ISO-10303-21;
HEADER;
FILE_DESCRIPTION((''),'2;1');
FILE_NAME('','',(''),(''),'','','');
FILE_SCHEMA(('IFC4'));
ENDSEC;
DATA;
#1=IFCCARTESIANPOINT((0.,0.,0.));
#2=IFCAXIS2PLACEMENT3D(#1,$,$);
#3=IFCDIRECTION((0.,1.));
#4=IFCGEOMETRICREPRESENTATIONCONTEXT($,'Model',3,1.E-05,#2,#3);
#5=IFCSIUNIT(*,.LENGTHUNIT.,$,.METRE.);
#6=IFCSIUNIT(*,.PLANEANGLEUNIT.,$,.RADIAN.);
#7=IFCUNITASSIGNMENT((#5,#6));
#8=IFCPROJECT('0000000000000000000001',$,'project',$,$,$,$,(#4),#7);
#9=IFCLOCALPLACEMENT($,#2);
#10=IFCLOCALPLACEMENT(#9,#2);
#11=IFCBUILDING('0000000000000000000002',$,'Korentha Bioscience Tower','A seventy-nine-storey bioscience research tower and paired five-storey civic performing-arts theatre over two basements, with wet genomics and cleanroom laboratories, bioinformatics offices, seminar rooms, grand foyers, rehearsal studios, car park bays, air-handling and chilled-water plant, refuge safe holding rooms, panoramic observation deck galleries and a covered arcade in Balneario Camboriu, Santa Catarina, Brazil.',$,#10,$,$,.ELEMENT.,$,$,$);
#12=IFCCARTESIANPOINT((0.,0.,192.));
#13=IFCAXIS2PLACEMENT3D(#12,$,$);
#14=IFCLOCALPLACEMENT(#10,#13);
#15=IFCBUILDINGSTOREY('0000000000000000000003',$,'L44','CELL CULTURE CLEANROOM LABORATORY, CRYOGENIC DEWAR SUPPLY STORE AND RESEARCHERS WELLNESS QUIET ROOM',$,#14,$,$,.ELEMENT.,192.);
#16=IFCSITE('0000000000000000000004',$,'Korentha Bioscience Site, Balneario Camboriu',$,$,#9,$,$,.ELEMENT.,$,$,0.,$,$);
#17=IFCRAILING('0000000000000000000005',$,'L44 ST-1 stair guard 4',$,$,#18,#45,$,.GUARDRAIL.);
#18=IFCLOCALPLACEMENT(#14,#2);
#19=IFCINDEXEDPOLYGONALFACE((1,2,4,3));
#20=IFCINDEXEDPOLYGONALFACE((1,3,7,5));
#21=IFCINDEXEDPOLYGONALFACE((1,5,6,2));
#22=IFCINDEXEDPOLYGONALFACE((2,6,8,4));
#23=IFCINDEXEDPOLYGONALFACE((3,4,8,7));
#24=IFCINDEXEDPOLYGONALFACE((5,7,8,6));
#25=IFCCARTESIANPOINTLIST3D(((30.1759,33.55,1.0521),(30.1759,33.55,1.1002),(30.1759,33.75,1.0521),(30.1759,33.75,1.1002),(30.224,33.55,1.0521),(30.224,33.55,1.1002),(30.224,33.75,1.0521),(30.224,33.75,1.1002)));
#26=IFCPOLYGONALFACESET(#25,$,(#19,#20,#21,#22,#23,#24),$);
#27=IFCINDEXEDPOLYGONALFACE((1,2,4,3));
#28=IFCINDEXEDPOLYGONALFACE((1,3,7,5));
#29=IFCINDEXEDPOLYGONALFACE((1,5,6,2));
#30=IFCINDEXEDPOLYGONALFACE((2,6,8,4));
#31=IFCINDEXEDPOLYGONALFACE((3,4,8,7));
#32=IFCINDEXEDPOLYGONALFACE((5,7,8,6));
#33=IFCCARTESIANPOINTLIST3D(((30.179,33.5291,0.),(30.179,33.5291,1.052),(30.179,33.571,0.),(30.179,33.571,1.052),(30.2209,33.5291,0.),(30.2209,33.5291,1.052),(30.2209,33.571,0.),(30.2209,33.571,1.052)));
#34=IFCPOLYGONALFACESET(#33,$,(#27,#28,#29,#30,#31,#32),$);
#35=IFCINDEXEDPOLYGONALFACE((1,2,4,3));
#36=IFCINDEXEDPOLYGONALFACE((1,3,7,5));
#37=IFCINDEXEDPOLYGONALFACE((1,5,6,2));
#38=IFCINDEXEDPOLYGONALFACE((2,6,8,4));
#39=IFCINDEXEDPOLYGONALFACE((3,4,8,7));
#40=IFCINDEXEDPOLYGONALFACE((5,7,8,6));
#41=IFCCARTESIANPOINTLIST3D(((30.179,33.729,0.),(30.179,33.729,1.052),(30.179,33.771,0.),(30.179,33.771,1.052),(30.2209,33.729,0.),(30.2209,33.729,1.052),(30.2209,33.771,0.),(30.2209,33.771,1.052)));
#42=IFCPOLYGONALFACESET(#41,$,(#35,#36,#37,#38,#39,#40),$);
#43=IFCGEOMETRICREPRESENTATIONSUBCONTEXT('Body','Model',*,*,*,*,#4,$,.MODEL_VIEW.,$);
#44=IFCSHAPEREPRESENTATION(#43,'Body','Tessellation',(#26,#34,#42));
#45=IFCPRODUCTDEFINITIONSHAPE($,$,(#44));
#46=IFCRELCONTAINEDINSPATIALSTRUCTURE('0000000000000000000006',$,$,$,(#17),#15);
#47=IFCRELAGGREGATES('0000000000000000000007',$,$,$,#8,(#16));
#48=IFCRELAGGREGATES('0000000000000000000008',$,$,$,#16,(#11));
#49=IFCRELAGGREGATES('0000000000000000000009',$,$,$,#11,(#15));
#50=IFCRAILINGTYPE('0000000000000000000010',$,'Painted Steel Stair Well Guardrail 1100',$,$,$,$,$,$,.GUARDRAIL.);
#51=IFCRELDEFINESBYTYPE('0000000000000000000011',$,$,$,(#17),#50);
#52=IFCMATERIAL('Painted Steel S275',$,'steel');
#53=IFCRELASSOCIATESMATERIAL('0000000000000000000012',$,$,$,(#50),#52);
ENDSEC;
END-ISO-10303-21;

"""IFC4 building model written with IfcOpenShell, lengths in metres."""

from ifc_helpers import new_model, si_unit, direction, frame, origin, origin_2d, place, context, subcontext, project, spatial, rectangle, extrude, material, type_object, element, save


model = new_model("IFC4")

# Units and contexts
model_context = context("Model", 3, precision=1e-05, world=origin(), true_north=direction((0.0, 1.0)))
body_context = subcontext(model_context, "Body", "Model", "MODEL_VIEW")
ifc_project = project(units=[si_unit("LENGTHUNIT", "METRE"), si_unit("PLANEANGLEUNIT", "RADIAN")], contexts=[model_context])

# Site, building, storey
site_placement = place(None, origin())
site = spatial("IfcSite", under=ifc_project, at=site_placement, Name="Korentha Bioscience Site, Balneario Camboriu", CompositionType="ELEMENT", RefElevation=0.0)
building_placement = place(site_placement, origin())
building = spatial("IfcBuilding", under=site, at=building_placement, Name="Korentha Bioscience Tower", Description="A seventy-nine-storey bioscience research tower and paired five-storey civic performing-arts theatre over two basements, with wet genomics and cleanroom laboratories, bioinformatics offices, seminar rooms, grand foyers, rehearsal studios, car park bays, air-handling and chilled-water plant, refuge safe holding rooms, panoramic observation deck galleries and a covered arcade in Balneario Camboriu, Santa Catarina, Brazil.", CompositionType="ELEMENT")
storey_placement = place(building_placement, frame((0.0, 0.0, 192.0)))
storey = spatial("IfcBuildingStorey", under=building, at=storey_placement, Name="L44", Description="CELL CULTURE CLEANROOM LABORATORY, CRYOGENIC DEWAR SUPPLY STORE AND RESEARCHERS WELLNESS QUIET ROOM", CompositionType="ELEMENT", Elevation=192.0)

# Railing
ifc_material_1 = material(Name="Painted Steel S275", Category="steel")
railing_type_1 = type_object("IfcRailingType", Name="Painted Steel Stair Well Guardrail 1100", PredefinedType="GUARDRAIL", material=ifc_material_1)
railing_1_placement = place(storey_placement, frame((30.2, 33.55, 0.0)))
element("IfcRailing", 1, at=railing_1_placement, inside=storey, type_object=railing_type_1, Name="L44 ST-1 stair guard 4", PredefinedType="GUARDRAIL", context=body_context, shape_type="SweptSolid", body=[
    extrude(rectangle(XDim=0.0481, YDim=0.0481, at=origin_2d()), frame((0.0, 0.0, 1.0762), z_axis=(0.0, 1.0, 0.0), x_axis=(-1.0, 0.0, 0.0)), (0.0, 0.0, 1.0), 0.2),
    extrude(rectangle(XDim=0.042, YDim=0.042, at=origin_2d()), origin(), (0.0, 0.0, 1.0), 1.052),
    extrude(rectangle(XDim=0.042, YDim=0.042, at=origin_2d()), frame((0.0, 0.2, 0.0)), (0.0, 0.0, 1.0), 1.052),
])

save(model, "model.ifc")
